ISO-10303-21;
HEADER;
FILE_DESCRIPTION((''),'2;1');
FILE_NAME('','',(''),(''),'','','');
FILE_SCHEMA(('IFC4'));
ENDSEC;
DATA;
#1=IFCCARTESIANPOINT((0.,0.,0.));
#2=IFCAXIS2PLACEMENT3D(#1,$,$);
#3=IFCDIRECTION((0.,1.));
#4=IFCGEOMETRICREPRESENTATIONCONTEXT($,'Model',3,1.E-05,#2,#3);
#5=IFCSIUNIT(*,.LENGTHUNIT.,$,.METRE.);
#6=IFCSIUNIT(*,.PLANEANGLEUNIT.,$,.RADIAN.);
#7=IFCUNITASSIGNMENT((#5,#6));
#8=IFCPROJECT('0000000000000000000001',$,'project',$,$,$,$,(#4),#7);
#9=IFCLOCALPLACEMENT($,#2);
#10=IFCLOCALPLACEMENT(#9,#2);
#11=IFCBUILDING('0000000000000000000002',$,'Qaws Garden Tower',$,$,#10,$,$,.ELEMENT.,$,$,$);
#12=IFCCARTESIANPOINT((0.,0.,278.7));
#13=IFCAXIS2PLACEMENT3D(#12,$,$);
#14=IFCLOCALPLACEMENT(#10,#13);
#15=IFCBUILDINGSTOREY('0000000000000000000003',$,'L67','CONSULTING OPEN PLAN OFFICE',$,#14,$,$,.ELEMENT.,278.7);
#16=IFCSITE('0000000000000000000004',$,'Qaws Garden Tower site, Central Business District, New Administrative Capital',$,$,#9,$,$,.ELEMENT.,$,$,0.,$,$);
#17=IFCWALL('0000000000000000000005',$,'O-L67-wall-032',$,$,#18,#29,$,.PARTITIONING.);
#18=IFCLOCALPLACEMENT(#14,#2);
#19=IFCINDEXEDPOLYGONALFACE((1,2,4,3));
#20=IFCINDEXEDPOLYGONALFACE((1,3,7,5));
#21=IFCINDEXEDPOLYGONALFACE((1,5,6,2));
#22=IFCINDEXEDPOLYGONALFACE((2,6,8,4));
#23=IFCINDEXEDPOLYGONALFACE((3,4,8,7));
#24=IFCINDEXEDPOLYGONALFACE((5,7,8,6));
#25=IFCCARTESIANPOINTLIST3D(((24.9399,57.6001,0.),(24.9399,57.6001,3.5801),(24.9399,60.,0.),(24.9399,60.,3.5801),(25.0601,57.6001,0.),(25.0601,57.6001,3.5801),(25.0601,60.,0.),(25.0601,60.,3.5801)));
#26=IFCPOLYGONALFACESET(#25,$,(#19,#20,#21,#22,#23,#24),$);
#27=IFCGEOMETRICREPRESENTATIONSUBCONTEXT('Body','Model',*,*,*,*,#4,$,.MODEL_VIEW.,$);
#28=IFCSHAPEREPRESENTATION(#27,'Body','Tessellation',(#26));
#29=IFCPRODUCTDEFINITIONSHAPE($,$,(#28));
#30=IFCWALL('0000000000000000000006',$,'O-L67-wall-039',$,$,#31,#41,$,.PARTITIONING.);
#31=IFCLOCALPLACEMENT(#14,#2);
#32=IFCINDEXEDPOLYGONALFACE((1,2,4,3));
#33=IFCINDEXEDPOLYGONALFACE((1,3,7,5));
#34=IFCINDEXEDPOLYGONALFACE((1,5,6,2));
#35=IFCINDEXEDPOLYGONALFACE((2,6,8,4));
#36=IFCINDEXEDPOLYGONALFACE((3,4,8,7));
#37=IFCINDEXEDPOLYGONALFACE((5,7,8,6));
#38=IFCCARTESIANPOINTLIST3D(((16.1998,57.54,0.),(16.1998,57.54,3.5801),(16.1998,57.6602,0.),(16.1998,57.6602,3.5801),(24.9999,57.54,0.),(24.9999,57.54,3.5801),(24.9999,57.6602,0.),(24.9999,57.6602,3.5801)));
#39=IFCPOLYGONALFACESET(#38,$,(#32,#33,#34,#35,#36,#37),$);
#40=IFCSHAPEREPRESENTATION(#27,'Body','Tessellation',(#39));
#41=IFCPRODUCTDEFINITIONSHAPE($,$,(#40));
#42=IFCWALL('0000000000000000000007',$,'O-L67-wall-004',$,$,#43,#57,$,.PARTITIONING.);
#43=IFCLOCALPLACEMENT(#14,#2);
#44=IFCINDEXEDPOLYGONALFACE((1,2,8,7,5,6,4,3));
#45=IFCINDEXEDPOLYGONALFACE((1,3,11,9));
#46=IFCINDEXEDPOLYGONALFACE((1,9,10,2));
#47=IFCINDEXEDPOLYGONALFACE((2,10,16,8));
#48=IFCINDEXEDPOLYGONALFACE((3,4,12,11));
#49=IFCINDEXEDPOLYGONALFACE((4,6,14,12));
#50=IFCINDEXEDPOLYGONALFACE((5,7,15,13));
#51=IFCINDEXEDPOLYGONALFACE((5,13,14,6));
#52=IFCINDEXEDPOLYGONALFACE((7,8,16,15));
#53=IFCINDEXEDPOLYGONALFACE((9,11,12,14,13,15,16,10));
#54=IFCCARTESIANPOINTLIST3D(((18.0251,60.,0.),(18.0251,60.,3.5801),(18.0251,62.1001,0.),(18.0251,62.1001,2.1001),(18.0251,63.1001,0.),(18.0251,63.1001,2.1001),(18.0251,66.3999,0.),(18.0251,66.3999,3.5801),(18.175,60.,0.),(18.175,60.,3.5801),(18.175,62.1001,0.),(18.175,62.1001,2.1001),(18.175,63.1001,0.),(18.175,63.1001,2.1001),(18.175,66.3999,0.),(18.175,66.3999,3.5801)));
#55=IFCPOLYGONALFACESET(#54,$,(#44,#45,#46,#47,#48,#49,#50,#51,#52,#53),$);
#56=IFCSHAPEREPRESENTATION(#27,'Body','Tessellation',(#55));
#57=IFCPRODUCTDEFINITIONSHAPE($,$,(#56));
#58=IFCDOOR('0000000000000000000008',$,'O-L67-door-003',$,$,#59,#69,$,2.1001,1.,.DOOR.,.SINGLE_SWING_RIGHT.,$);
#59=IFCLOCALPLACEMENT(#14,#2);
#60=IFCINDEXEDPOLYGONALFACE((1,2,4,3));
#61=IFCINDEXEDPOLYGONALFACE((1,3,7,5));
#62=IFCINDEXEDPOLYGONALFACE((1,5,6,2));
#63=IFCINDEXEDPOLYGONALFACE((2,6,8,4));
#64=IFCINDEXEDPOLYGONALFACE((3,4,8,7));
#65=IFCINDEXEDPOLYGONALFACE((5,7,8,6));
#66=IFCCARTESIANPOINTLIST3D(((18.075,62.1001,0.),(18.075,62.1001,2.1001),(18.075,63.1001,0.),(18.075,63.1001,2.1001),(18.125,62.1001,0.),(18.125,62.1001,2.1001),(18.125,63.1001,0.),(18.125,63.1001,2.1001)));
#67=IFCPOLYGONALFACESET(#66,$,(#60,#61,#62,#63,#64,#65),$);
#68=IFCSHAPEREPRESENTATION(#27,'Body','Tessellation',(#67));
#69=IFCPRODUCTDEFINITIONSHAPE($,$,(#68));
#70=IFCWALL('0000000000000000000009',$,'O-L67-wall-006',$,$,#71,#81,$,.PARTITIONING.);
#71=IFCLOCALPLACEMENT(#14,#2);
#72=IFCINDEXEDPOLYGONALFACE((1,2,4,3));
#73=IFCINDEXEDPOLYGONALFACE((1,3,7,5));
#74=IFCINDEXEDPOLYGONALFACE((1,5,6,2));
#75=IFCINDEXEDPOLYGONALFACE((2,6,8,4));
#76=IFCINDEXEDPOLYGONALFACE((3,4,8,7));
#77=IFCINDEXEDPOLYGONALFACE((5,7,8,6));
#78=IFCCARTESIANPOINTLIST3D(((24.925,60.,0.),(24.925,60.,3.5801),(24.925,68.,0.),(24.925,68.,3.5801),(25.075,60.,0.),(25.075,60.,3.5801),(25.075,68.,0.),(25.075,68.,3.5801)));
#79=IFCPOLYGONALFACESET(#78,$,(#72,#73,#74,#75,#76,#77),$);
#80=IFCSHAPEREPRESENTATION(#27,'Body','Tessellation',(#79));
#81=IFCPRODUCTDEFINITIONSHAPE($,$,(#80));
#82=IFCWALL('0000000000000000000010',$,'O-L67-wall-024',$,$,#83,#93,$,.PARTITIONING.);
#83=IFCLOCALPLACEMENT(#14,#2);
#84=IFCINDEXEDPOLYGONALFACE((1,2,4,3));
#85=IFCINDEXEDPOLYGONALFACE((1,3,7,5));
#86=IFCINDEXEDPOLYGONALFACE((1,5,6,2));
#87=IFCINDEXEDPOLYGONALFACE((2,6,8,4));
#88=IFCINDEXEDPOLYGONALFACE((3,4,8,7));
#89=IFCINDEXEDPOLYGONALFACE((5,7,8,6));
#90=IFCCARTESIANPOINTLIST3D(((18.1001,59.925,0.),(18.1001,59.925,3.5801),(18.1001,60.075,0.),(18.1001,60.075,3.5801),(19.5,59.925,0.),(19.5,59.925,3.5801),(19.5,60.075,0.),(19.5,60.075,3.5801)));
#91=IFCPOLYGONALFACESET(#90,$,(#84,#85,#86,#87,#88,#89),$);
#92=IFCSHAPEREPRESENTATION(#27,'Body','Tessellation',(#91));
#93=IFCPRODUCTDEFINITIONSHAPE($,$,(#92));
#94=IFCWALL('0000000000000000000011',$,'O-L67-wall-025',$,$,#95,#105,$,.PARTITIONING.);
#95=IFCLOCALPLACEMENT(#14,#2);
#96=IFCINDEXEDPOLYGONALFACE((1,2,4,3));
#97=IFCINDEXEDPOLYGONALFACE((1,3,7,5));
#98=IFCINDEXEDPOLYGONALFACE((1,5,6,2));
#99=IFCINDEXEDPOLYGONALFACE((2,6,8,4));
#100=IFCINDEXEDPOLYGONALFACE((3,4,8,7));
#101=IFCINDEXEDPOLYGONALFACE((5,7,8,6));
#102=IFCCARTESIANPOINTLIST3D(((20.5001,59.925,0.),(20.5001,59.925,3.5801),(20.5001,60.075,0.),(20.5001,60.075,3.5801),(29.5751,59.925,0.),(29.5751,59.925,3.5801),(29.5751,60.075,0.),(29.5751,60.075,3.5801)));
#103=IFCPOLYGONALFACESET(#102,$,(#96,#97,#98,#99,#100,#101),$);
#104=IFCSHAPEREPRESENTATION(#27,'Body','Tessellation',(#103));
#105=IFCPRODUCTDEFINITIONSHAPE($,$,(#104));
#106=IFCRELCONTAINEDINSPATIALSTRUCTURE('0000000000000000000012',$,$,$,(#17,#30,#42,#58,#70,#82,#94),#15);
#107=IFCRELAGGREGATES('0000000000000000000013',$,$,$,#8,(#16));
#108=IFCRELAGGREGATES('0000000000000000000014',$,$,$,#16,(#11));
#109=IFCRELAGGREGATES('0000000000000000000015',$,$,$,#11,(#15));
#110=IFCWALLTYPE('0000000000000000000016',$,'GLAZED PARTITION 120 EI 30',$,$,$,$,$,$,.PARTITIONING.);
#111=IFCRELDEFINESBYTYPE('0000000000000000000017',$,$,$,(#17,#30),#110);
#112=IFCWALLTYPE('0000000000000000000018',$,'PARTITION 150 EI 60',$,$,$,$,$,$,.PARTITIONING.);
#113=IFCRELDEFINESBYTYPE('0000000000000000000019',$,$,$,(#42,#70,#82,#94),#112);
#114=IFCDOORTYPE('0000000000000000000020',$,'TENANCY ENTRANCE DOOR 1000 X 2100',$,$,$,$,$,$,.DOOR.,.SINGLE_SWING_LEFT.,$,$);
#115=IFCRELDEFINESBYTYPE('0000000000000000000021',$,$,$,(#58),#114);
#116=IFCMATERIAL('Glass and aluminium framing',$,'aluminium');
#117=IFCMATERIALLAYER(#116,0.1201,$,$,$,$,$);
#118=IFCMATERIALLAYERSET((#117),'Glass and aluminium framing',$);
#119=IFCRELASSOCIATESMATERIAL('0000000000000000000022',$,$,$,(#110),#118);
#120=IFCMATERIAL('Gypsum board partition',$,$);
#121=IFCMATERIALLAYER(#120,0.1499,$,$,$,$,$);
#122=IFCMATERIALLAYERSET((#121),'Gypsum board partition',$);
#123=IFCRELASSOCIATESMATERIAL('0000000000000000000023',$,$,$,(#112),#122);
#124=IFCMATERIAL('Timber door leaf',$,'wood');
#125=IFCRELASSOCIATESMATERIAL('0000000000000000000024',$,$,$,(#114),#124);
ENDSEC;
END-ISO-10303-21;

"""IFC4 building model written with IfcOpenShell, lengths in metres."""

from ifc_helpers import new_model, si_unit, direction, frame, frame_2d, origin, place, context, subcontext, project, spatial, rectangle, extrude, material, layer, layer_set, type_object, element, fill, save


model = new_model("IFC4")

# Units and contexts
model_context = context("Model", 3, precision=1e-05, world=origin(), true_north=direction((0.0, 1.0)))
body_context = subcontext(model_context, "Body", "Model", "MODEL_VIEW")
ifc_project = project(units=[si_unit("LENGTHUNIT", "METRE"), si_unit("PLANEANGLEUNIT", "RADIAN")], contexts=[model_context])

# Site, building, storey
site_placement = place(None, origin())
site = spatial("IfcSite", under=ifc_project, at=site_placement, Name="Qaws Garden Tower site, Central Business District, New Administrative Capital", CompositionType="ELEMENT", RefElevation=0.0)
building_placement = place(site_placement, origin())
building = spatial("IfcBuilding", under=site, at=building_placement, Name="Qaws Garden Tower", CompositionType="ELEMENT")
storey_placement = place(building_placement, frame((0.0, 0.0, 278.7)))
storey = spatial("IfcBuildingStorey", under=building, at=storey_placement, Name="L67", Description="CONSULTING OPEN PLAN OFFICE", CompositionType="ELEMENT", Elevation=278.7)

# Walls
ifc_material_1 = material(Name="Glass and aluminium framing", Category="aluminium")
ifc_layer_1 = layer(ifc_material_1, 0.1201)
ifc_layer_set_1 = layer_set([ifc_layer_1], Name="Glass and aluminium framing")
wall_type_1 = type_object("IfcWallType", Name="GLAZED PARTITION 120 EI 30", PredefinedType="PARTITIONING", material=ifc_layer_set_1)
wall_1_placement = place(storey_placement, frame((25.0, 57.6001, 0.0), z_axis=(0.0, 0.0, 1.0), x_axis=(0.0, 1.0, 0.0)))
element("IfcWall", 1, at=wall_1_placement, inside=storey, type_object=wall_type_1, Name="O-L67-wall-032", PredefinedType="PARTITIONING", context=body_context, shape_type="SweptSolid", body=[
    extrude(rectangle(XDim=2.3999, YDim=0.1201, at=frame_2d((1.2, 0.0))), origin(), (0.0, 0.0, 1.0), 3.5801),
])
wall_2_placement = place(storey_placement, frame((16.2, 57.6001, 0.0), z_axis=(0.0, 0.0, 1.0), x_axis=(1.0, 0.0, 0.0)))
element("IfcWall", 2, at=wall_2_placement, inside=storey, type_object=wall_type_1, Name="O-L67-wall-039", PredefinedType="PARTITIONING", context=body_context, shape_type="SweptSolid", body=[
    extrude(rectangle(XDim=8.8, YDim=0.1201, at=frame_2d((4.3999, 0.0))), origin(), (0.0, 0.0, 1.0), 3.5801),
])

# Wall, opening, door
ifc_material_2 = material(Name="Gypsum board partition")
ifc_layer_2 = layer(ifc_material_2, 0.1499)
ifc_layer_set_2 = layer_set([ifc_layer_2], Name="Gypsum board partition")
wall_type_2 = type_object("IfcWallType", Name="PARTITION 150 EI 60", PredefinedType="PARTITIONING", material=ifc_layer_set_2)
wall_3_placement = place(storey_placement, frame((18.1001, 60.0, 0.0), z_axis=(0.0, 0.0, 1.0), x_axis=(0.0, 1.0, 0.0)))
wall_3 = element("IfcWall", 3, at=wall_3_placement, inside=storey, type_object=wall_type_2, Name="O-L67-wall-004", PredefinedType="PARTITIONING", context=body_context, shape_type="SweptSolid", body=[
    extrude(rectangle(XDim=6.3999, YDim=0.1499, at=frame_2d((3.2, 0.0))), origin(), (0.0, 0.0, 1.0), 3.5801),
])
opening_1_placement = place(wall_3_placement, frame((2.1001, 0.0, 0.0)))
opening_1 = element("IfcOpeningElement", 4, at=opening_1_placement, cuts=wall_3, PredefinedType="OPENING", context=body_context, shape_type="SweptSolid", body=[
    extrude(rectangle(XDim=1.0, YDim=2.1001, at=frame_2d((0.5, 1.05))), frame((0.0, 0.085, 0.0), z_axis=(0.0, -1.0, 0.0), x_axis=(1.0, 0.0, 0.0)), (0.0, 0.0, 1.0), 0.1699),
])
ifc_material_3 = material(Name="Timber door leaf", Category="wood")
door_type = type_object("IfcDoorType", Name="TENANCY ENTRANCE DOOR 1000 X 2100", OperationType="SINGLE_SWING_LEFT", PredefinedType="DOOR", material=ifc_material_3)
door_placement = place(opening_1_placement, frame((1.0, 0.0, 0.0), z_axis=(0.0, 0.0, 1.0), x_axis=(-1.0, 0.0, 0.0)))
door = element("IfcDoor", 5, at=door_placement, inside=storey, type_object=door_type, Name="O-L67-door-003", OperationType="SINGLE_SWING_RIGHT", OverallHeight=2.1001, OverallWidth=1.0, PredefinedType="DOOR", context=body_context, shape_type="SweptSolid", body=[
    extrude(rectangle(XDim=1.0, YDim=2.1001, at=frame_2d((0.5, 1.05))), frame((0.0, 0.0249, 0.0), z_axis=(0.0, -1.0, 0.0), x_axis=(1.0, 0.0, 0.0)), (0.0, 0.0, 1.0), 0.05),
])
fill(opening_1, door)

# Walls
wall_4_placement = place(storey_placement, frame((25.0, 60.0, 0.0), z_axis=(0.0, 0.0, 1.0), x_axis=(0.0, 1.0, 0.0)))
element("IfcWall", 6, at=wall_4_placement, inside=storey, type_object=wall_type_2, Name="O-L67-wall-006", PredefinedType="PARTITIONING", context=body_context, shape_type="SweptSolid", body=[
    extrude(rectangle(XDim=8.0, YDim=0.1499, at=frame_2d((4.0, 0.0))), origin(), (0.0, 0.0, 1.0), 3.5801),
])
wall_5_placement = place(storey_placement, frame((18.1001, 60.0, 0.0), z_axis=(0.0, 0.0, 1.0), x_axis=(1.0, 0.0, 0.0)))
element("IfcWall", 7, at=wall_5_placement, inside=storey, type_object=wall_type_2, Name="O-L67-wall-024", PredefinedType="PARTITIONING", context=body_context, shape_type="SweptSolid", body=[
    extrude(rectangle(XDim=1.3999, YDim=0.1499, at=frame_2d((0.7, 0.0))), origin(), (0.0, 0.0, 1.0), 3.5801),
])
wall_6_placement = place(storey_placement, frame((20.5, 60.0, 0.0), z_axis=(0.0, 0.0, 1.0), x_axis=(1.0, 0.0, 0.0)))
element("IfcWall", 8, at=wall_6_placement, inside=storey, type_object=wall_type_2, Name="O-L67-wall-025", PredefinedType="PARTITIONING", context=body_context, shape_type="SweptSolid", body=[
    extrude(rectangle(XDim=9.075, YDim=0.1499, at=frame_2d((4.5376, 0.0))), origin(), (0.0, 0.0, 1.0), 3.5801),
])

save(model, "model.ifc")
